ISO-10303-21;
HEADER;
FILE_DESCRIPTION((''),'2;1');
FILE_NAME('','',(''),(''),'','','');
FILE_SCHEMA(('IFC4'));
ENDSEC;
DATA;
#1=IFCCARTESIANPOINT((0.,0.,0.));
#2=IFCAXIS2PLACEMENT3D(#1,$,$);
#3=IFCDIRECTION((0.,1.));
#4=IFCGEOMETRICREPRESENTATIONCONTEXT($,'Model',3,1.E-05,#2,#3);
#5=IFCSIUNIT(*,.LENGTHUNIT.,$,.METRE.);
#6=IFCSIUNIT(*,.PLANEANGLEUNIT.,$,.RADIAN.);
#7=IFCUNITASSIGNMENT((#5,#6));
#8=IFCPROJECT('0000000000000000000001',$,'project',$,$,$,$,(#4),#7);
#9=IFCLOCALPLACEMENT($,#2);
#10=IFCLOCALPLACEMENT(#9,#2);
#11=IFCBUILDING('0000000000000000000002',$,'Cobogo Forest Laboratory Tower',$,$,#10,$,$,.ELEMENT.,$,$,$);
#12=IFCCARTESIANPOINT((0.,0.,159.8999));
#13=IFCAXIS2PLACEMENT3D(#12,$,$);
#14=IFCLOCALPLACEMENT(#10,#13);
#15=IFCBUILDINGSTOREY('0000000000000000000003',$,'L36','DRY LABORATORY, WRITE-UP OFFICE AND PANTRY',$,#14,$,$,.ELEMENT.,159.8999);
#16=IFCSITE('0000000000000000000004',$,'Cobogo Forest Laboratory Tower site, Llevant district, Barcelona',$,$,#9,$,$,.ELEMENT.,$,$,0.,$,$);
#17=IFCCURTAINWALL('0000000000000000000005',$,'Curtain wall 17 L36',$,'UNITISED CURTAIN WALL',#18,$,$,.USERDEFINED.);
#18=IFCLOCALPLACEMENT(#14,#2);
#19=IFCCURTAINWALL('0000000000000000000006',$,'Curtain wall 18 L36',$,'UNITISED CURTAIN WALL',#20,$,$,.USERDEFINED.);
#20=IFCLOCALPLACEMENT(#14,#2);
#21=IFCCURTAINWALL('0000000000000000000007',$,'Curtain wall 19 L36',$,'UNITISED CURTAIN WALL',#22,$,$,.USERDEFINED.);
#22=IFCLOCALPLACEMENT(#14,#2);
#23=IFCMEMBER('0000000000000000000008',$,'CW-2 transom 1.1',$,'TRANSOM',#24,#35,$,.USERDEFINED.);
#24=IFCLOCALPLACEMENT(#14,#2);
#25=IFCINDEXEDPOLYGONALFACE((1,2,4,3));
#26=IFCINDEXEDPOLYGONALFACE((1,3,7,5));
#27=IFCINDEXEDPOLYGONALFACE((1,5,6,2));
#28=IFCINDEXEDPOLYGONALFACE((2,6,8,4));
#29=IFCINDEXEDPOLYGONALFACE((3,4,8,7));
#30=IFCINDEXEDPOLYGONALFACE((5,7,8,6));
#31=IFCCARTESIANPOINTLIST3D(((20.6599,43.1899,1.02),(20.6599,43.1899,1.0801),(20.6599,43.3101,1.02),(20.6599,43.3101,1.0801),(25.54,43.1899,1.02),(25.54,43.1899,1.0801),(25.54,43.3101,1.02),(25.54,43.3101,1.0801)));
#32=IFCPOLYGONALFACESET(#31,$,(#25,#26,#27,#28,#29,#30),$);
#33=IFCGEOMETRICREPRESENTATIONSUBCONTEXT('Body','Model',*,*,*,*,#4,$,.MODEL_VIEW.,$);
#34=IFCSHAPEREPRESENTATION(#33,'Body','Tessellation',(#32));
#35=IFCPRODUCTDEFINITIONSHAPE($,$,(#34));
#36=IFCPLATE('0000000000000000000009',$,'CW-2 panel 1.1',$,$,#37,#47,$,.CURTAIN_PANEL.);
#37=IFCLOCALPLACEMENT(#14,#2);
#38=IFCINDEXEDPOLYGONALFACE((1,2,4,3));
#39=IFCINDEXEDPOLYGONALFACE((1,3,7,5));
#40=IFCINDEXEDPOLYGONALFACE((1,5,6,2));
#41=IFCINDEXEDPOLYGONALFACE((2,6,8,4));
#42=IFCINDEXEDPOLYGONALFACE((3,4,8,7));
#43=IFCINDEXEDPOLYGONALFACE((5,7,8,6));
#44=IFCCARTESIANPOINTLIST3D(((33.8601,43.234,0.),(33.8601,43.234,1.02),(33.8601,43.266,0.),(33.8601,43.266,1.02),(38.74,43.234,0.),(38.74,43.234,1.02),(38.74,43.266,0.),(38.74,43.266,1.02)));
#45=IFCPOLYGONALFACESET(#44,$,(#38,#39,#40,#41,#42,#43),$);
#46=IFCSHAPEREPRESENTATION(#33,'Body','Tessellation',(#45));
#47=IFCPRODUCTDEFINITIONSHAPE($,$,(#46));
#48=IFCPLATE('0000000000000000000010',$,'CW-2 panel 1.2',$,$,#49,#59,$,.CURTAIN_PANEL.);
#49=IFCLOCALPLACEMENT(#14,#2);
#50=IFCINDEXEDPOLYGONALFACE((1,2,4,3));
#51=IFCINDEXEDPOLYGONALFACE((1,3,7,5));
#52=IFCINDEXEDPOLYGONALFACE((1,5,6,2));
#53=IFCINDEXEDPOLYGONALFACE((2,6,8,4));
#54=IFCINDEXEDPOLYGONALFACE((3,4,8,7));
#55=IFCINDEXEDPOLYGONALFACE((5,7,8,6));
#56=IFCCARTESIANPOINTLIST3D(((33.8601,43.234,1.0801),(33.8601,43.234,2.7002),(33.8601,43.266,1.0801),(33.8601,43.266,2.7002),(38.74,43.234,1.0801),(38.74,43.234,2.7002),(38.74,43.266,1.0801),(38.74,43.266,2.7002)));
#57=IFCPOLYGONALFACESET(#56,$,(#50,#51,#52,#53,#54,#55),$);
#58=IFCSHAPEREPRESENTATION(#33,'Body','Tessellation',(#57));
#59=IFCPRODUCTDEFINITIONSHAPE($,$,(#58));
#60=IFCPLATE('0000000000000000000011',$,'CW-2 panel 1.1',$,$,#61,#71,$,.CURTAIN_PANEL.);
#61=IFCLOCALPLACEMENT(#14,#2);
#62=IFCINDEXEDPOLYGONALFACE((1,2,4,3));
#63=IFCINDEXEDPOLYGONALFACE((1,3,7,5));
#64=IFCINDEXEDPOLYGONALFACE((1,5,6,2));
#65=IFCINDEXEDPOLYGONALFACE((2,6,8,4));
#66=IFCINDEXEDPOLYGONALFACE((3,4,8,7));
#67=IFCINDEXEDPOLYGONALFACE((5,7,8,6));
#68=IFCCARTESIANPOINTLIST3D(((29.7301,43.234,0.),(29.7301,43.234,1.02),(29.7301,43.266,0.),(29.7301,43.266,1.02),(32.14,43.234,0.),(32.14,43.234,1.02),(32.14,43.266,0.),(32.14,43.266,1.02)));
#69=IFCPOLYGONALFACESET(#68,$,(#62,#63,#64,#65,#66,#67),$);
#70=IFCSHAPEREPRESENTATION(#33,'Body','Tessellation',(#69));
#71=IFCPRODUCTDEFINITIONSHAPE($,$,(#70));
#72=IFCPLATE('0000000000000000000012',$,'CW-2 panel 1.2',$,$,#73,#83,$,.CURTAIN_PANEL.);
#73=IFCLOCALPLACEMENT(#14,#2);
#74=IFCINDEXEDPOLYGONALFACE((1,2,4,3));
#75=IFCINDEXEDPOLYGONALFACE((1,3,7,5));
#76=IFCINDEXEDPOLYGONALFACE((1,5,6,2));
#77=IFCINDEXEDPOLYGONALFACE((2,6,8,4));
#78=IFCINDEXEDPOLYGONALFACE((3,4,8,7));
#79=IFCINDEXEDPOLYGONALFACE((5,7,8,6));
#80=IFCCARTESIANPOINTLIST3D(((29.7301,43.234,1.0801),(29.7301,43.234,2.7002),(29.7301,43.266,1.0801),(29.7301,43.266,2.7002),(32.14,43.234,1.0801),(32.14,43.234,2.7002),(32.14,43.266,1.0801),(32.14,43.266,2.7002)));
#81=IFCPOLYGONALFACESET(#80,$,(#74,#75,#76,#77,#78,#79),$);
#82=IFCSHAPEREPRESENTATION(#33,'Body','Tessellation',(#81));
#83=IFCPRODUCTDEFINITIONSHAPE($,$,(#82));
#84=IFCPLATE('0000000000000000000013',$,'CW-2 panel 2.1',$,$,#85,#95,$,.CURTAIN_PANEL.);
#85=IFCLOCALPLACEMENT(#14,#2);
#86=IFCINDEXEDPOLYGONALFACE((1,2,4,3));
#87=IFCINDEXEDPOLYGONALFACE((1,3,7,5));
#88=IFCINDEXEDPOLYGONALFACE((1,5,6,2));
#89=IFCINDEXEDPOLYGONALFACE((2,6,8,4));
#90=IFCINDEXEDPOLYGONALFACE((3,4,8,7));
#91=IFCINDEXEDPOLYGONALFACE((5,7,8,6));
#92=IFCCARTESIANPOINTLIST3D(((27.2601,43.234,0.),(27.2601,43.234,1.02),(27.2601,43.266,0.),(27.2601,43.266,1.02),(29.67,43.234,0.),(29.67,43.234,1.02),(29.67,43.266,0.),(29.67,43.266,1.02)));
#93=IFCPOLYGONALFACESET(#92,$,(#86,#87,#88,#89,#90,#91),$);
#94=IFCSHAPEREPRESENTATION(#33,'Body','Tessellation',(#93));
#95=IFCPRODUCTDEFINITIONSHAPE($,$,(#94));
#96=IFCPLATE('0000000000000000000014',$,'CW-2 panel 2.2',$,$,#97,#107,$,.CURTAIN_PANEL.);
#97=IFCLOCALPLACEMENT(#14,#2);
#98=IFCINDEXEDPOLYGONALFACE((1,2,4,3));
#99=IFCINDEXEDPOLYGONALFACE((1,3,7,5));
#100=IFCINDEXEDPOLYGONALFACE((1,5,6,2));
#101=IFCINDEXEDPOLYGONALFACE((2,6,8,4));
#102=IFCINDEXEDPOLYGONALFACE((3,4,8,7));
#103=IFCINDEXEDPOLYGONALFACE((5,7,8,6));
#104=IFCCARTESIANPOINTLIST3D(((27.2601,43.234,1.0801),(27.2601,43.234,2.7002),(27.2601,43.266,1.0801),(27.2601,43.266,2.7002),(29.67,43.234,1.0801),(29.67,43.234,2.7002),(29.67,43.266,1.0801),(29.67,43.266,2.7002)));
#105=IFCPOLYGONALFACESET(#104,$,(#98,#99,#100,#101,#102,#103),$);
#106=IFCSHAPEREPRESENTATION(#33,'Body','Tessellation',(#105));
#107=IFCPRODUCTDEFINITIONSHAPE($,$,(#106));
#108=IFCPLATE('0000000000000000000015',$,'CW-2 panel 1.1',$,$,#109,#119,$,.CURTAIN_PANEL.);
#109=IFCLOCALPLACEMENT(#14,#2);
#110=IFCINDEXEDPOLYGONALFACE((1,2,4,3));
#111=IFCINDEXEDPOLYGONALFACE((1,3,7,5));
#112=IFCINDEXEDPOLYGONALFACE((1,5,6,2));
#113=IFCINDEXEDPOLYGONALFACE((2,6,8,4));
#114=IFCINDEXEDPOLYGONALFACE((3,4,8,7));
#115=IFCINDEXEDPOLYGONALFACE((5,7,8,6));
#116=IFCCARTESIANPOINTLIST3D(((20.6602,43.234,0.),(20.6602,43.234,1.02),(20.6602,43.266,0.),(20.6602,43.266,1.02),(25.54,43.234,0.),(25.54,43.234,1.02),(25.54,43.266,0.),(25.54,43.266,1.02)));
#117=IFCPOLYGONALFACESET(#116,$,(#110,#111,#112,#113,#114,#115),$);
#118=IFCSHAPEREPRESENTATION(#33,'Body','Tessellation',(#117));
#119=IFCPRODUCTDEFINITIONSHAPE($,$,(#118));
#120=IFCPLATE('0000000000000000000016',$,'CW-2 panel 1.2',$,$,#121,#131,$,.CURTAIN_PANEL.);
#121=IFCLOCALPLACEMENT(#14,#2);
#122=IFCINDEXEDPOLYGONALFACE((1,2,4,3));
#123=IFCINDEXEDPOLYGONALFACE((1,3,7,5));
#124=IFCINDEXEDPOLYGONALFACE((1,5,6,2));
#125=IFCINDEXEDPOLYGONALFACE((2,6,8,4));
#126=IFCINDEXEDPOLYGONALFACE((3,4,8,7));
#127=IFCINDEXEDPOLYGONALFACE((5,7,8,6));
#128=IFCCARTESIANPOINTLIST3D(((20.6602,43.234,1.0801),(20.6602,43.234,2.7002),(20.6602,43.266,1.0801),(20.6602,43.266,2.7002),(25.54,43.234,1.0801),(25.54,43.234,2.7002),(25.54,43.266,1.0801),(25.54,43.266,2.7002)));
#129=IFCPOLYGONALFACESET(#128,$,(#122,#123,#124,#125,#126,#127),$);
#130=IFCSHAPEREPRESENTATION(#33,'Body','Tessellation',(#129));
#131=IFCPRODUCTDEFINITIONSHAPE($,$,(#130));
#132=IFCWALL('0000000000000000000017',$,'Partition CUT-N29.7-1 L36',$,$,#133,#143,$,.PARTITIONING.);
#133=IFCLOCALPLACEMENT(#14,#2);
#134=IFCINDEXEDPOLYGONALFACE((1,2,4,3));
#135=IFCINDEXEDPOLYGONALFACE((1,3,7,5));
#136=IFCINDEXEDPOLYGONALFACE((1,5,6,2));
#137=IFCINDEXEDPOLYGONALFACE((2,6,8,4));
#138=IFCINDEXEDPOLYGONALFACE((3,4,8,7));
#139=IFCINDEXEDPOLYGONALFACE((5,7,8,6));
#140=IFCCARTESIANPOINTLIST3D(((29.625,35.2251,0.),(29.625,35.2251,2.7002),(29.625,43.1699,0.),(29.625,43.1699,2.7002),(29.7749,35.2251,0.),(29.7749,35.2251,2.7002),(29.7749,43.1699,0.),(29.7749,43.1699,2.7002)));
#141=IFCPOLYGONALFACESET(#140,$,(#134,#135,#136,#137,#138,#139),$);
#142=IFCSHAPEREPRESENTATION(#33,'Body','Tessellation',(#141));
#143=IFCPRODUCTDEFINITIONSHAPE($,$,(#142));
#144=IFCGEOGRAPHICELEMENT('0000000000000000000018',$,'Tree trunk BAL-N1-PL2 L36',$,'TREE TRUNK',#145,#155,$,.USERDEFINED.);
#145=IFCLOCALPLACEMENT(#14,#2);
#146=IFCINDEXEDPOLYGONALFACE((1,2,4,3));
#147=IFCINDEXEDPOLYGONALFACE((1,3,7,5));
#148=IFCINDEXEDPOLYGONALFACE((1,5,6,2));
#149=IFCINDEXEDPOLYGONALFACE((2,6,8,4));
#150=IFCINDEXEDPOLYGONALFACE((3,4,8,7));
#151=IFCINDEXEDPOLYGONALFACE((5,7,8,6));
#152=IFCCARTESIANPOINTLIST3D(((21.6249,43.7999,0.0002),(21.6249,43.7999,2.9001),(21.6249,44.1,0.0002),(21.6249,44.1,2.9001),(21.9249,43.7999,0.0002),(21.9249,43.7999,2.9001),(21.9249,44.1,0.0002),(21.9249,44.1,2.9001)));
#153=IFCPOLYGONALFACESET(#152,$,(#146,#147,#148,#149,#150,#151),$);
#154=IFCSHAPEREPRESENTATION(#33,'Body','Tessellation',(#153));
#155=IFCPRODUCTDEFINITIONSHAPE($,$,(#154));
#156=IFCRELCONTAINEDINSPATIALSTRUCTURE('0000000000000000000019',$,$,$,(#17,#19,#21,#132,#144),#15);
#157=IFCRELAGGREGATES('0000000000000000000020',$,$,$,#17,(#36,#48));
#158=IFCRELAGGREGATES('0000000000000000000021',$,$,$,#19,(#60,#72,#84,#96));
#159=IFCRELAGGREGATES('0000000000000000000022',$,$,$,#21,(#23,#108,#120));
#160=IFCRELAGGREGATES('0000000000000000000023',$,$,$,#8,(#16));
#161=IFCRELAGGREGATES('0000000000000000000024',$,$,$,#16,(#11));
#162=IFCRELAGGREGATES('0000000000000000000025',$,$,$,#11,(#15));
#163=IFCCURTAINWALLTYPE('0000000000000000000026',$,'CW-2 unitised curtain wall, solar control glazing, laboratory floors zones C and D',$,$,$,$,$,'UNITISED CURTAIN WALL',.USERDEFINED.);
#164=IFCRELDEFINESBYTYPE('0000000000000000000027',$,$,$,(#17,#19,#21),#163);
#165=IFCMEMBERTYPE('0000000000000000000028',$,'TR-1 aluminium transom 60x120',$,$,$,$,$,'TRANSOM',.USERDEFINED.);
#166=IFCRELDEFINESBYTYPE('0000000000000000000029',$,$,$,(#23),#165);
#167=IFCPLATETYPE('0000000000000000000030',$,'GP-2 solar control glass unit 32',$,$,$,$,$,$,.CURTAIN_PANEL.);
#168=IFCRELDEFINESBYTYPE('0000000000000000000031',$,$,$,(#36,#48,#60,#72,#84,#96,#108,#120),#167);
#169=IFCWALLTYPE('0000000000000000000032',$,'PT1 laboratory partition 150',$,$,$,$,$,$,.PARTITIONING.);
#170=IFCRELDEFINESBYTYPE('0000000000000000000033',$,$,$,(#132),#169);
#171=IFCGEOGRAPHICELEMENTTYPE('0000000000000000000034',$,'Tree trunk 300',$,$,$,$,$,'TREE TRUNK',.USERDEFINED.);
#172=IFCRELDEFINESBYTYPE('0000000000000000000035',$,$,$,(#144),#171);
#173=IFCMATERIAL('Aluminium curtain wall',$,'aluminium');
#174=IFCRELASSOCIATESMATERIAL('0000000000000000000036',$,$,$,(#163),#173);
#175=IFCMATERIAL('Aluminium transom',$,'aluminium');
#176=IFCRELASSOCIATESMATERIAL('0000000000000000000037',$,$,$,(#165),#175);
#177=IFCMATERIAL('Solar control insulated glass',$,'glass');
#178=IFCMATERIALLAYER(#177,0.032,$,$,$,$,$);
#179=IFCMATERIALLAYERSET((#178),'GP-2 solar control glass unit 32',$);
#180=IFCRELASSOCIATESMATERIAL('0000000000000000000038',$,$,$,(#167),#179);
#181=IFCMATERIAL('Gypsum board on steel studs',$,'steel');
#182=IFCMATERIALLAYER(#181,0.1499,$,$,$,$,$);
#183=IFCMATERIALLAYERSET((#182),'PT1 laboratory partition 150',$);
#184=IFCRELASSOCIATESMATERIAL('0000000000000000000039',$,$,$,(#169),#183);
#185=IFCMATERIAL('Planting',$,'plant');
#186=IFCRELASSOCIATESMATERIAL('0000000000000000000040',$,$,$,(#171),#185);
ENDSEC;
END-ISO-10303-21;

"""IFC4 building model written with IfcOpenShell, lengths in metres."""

from ifc_helpers import new_model, si_unit, direction, frame, frame_2d, origin, origin_2d, place, context, subcontext, project, spatial, rectangle, extrude, material, layer, layer_set, material_profile, profile_set, type_object, element, aggregate, save


model = new_model("IFC4")

# Units and contexts
model_context = context("Model", 3, precision=1e-05, world=origin(), true_north=direction((0.0, 1.0)))
body_context = subcontext(model_context, "Body", "Model", "MODEL_VIEW")
ifc_project = project(units=[si_unit("LENGTHUNIT", "METRE"), si_unit("PLANEANGLEUNIT", "RADIAN")], contexts=[model_context])

# Site, building, storey
site_placement = place(None, origin())
site = spatial("IfcSite", under=ifc_project, at=site_placement, Name="Cobogo Forest Laboratory Tower site, Llevant district, Barcelona", CompositionType="ELEMENT", RefElevation=0.0)
building_placement = place(site_placement, origin())
building = spatial("IfcBuilding", under=site, at=building_placement, Name="Cobogo Forest Laboratory Tower", CompositionType="ELEMENT")
storey_placement = place(building_placement, frame((0.0, 0.0, 159.8999)))
storey = spatial("IfcBuildingStorey", under=building, at=storey_placement, Name="L36", Description="DRY LABORATORY, WRITE-UP OFFICE AND PANTRY", CompositionType="ELEMENT", Elevation=159.8999)

# Curtain walls
ifc_material_1 = material(Name="Aluminium curtain wall", Category="aluminium")
curtain_wall_type = type_object("IfcCurtainWallType", Name="CW-2 unitised curtain wall, solar control glazing, laboratory floors zones C and D", ElementType="UNITISED CURTAIN WALL", PredefinedType="USERDEFINED", material=ifc_material_1)
curtain_wall_1_placement = place(storey_placement, origin())
curtain_wall_1 = element("IfcCurtainWall", 1, at=curtain_wall_1_placement, inside=storey, type_object=curtain_wall_type, Name="Curtain wall 17 L36", ObjectType="UNITISED CURTAIN WALL", PredefinedType="USERDEFINED")
curtain_wall_2_placement = place(storey_placement, origin())
curtain_wall_2 = element("IfcCurtainWall", 2, at=curtain_wall_2_placement, inside=storey, type_object=curtain_wall_type, Name="Curtain wall 18 L36", ObjectType="UNITISED CURTAIN WALL", PredefinedType="USERDEFINED")
curtain_wall_3_placement = place(storey_placement, origin())
curtain_wall_3 = element("IfcCurtainWall", 3, at=curtain_wall_3_placement, inside=storey, type_object=curtain_wall_type, Name="Curtain wall 19 L36", ObjectType="UNITISED CURTAIN WALL", PredefinedType="USERDEFINED")

# Member
ifc_material_2 = material(Name="Aluminium transom", Category="aluminium")
ifc_material_profile_1 = material_profile(ifc_material_2, rectangle(XDim=0.1201, YDim=0.0601, at=origin_2d()), Name="AL 60x120")
ifc_profile_set_1 = profile_set([ifc_material_profile_1], Name="Aluminium transom")
member_type_1 = type_object("IfcMemberType", Name="TR-1 aluminium transom 60x120", ElementType="TRANSOM", PredefinedType="USERDEFINED", material=ifc_profile_set_1)
member_1_placement = place(storey_placement, frame((25.54, 43.25, 1.05), z_axis=(-1.0, 0.0, 0.0), x_axis=(0.0, -1.0, 0.0)))
member_1 = element("IfcMember", 4, at=member_1_placement, type_object=member_type_1, Name="CW-2 transom 1.1", ObjectType="TRANSOM", PredefinedType="USERDEFINED", context=body_context, shape_type="SweptSolid", body=[
    extrude(rectangle(XDim=0.1201, YDim=0.0601, at=origin_2d()), origin(), (0.0, 0.0, 1.0), 4.8801),
])

# Plates
ifc_material_3 = material(Name="Solar control insulated glass", Category="glass")
ifc_layer_1 = layer(ifc_material_3, 0.032)
ifc_layer_set_1 = layer_set([ifc_layer_1], Name="GP-2 solar control glass unit 32")
plate_type_1 = type_object("IfcPlateType", Name="GP-2 solar control glass unit 32", PredefinedType="CURTAIN_PANEL", material=ifc_layer_set_1)
plate_1_placement = place(storey_placement, frame((36.3, 43.25, 0.0), z_axis=(0.0, 0.0, 1.0), x_axis=(-1.0, 0.0, 0.0)))
plate_1 = element("IfcPlate", 5, at=plate_1_placement, type_object=plate_type_1, Name="CW-2 panel 1.1", PredefinedType="CURTAIN_PANEL", context=body_context, shape_type="SweptSolid", body=[
    extrude(rectangle(XDim=4.8799, YDim=0.032, at=origin_2d()), origin(), (0.0, 0.0, 1.0), 1.02),
])
plate_2_placement = place(storey_placement, frame((36.3, 43.25, 1.0801), z_axis=(0.0, 0.0, 1.0), x_axis=(-1.0, 0.0, 0.0)))
plate_2 = element("IfcPlate", 6, at=plate_2_placement, type_object=plate_type_1, Name="CW-2 panel 1.2", PredefinedType="CURTAIN_PANEL", context=body_context, shape_type="SweptSolid", body=[
    extrude(rectangle(XDim=4.8799, YDim=0.032, at=origin_2d()), origin(), (0.0, 0.0, 1.0), 1.6201),
])
aggregate(curtain_wall_1, [plate_1, plate_2])
plate_3_placement = place(storey_placement, frame((30.9351, 43.25, 0.0), z_axis=(0.0, 0.0, 1.0), x_axis=(-1.0, 0.0, 0.0)))
plate_3 = element("IfcPlate", 7, at=plate_3_placement, type_object=plate_type_1, Name="CW-2 panel 1.1", PredefinedType="CURTAIN_PANEL", context=body_context, shape_type="SweptSolid", body=[
    extrude(rectangle(XDim=2.4099, YDim=0.032, at=origin_2d()), origin(), (0.0, 0.0, 1.0), 1.02),
])
plate_4_placement = place(storey_placement, frame((30.9351, 43.25, 1.0801), z_axis=(0.0, 0.0, 1.0), x_axis=(-1.0, 0.0, 0.0)))
plate_4 = element("IfcPlate", 8, at=plate_4_placement, type_object=plate_type_1, Name="CW-2 panel 1.2", PredefinedType="CURTAIN_PANEL", context=body_context, shape_type="SweptSolid", body=[
    extrude(rectangle(XDim=2.4099, YDim=0.032, at=origin_2d()), origin(), (0.0, 0.0, 1.0), 1.6201),
])
plate_5_placement = place(storey_placement, frame((28.4651, 43.25, 0.0), z_axis=(0.0, 0.0, 1.0), x_axis=(-1.0, 0.0, 0.0)))
plate_5 = element("IfcPlate", 9, at=plate_5_placement, type_object=plate_type_1, Name="CW-2 panel 2.1", PredefinedType="CURTAIN_PANEL", context=body_context, shape_type="SweptSolid", body=[
    extrude(rectangle(XDim=2.4099, YDim=0.032, at=origin_2d()), origin(), (0.0, 0.0, 1.0), 1.02),
])
plate_6_placement = place(storey_placement, frame((28.4651, 43.25, 1.0801), z_axis=(0.0, 0.0, 1.0), x_axis=(-1.0, 0.0, 0.0)))
plate_6 = element("IfcPlate", 10, at=plate_6_placement, type_object=plate_type_1, Name="CW-2 panel 2.2", PredefinedType="CURTAIN_PANEL", context=body_context, shape_type="SweptSolid", body=[
    extrude(rectangle(XDim=2.4099, YDim=0.032, at=origin_2d()), origin(), (0.0, 0.0, 1.0), 1.6201),
])
aggregate(curtain_wall_2, [plate_3, plate_4, plate_5, plate_6])
plate_7_placement = place(storey_placement, frame((23.1001, 43.25, 0.0), z_axis=(0.0, 0.0, 1.0), x_axis=(-1.0, 0.0, 0.0)))
plate_7 = element("IfcPlate", 11, at=plate_7_placement, type_object=plate_type_1, Name="CW-2 panel 1.1", PredefinedType="CURTAIN_PANEL", context=body_context, shape_type="SweptSolid", body=[
    extrude(rectangle(XDim=4.8799, YDim=0.032, at=origin_2d()), origin(), (0.0, 0.0, 1.0), 1.02),
])
plate_8_placement = place(storey_placement, frame((23.1001, 43.25, 1.0801), z_axis=(0.0, 0.0, 1.0), x_axis=(-1.0, 0.0, 0.0)))
plate_8 = element("IfcPlate", 12, at=plate_8_placement, type_object=plate_type_1, Name="CW-2 panel 1.2", PredefinedType="CURTAIN_PANEL", context=body_context, shape_type="SweptSolid", body=[
    extrude(rectangle(XDim=4.8799, YDim=0.032, at=origin_2d()), origin(), (0.0, 0.0, 1.0), 1.6201),
])
aggregate(curtain_wall_3, [member_1, plate_7, plate_8])

# Wall
ifc_material_4 = material(Name="Gypsum board on steel studs", Category="steel")
ifc_layer_2 = layer(ifc_material_4, 0.1499)
ifc_layer_set_2 = layer_set([ifc_layer_2], Name="PT1 laboratory partition 150")
wall_type = type_object("IfcWallType", Name="PT1 laboratory partition 150", PredefinedType="PARTITIONING", material=ifc_layer_set_2)
wall_placement = place(storey_placement, frame((29.7, 43.1699, 0.0), z_axis=(0.0, 0.0, 1.0), x_axis=(0.0, -1.0, 0.0)))
element("IfcWall", 13, at=wall_placement, inside=storey, type_object=wall_type, Name="Partition CUT-N29.7-1 L36", PredefinedType="PARTITIONING", context=body_context, shape_type="SweptSolid", body=[
    extrude(rectangle(XDim=7.9448, YDim=0.1499, at=frame_2d((3.9724, 0.0))), origin(), (0.0, 0.0, 1.0), 2.7002),
])

# Geographic element
ifc_material_5 = material(Name="Planting", Category="plant")
geographic_element_type = type_object("IfcGeographicElementType", Name="Tree trunk 300", ElementType="TREE TRUNK", PredefinedType="USERDEFINED", material=ifc_material_5)
geographic_element_placement = place(storey_placement, frame((21.7749, 43.95, 0.0002), z_axis=(0.0, 0.0, 1.0), x_axis=(1.0, 0.0, 0.0)))
element("IfcGeographicElement", 14, at=geographic_element_placement, inside=storey, type_object=geographic_element_type, Name="Tree trunk BAL-N1-PL2 L36", ObjectType="TREE TRUNK", PredefinedType="USERDEFINED", context=body_context, shape_type="SweptSolid", body=[
    extrude(rectangle(XDim=0.3, YDim=0.3, at=origin_2d()), origin(), (0.0, 0.0, 1.0), 2.8999),
])

save(model, "model.ifc")
